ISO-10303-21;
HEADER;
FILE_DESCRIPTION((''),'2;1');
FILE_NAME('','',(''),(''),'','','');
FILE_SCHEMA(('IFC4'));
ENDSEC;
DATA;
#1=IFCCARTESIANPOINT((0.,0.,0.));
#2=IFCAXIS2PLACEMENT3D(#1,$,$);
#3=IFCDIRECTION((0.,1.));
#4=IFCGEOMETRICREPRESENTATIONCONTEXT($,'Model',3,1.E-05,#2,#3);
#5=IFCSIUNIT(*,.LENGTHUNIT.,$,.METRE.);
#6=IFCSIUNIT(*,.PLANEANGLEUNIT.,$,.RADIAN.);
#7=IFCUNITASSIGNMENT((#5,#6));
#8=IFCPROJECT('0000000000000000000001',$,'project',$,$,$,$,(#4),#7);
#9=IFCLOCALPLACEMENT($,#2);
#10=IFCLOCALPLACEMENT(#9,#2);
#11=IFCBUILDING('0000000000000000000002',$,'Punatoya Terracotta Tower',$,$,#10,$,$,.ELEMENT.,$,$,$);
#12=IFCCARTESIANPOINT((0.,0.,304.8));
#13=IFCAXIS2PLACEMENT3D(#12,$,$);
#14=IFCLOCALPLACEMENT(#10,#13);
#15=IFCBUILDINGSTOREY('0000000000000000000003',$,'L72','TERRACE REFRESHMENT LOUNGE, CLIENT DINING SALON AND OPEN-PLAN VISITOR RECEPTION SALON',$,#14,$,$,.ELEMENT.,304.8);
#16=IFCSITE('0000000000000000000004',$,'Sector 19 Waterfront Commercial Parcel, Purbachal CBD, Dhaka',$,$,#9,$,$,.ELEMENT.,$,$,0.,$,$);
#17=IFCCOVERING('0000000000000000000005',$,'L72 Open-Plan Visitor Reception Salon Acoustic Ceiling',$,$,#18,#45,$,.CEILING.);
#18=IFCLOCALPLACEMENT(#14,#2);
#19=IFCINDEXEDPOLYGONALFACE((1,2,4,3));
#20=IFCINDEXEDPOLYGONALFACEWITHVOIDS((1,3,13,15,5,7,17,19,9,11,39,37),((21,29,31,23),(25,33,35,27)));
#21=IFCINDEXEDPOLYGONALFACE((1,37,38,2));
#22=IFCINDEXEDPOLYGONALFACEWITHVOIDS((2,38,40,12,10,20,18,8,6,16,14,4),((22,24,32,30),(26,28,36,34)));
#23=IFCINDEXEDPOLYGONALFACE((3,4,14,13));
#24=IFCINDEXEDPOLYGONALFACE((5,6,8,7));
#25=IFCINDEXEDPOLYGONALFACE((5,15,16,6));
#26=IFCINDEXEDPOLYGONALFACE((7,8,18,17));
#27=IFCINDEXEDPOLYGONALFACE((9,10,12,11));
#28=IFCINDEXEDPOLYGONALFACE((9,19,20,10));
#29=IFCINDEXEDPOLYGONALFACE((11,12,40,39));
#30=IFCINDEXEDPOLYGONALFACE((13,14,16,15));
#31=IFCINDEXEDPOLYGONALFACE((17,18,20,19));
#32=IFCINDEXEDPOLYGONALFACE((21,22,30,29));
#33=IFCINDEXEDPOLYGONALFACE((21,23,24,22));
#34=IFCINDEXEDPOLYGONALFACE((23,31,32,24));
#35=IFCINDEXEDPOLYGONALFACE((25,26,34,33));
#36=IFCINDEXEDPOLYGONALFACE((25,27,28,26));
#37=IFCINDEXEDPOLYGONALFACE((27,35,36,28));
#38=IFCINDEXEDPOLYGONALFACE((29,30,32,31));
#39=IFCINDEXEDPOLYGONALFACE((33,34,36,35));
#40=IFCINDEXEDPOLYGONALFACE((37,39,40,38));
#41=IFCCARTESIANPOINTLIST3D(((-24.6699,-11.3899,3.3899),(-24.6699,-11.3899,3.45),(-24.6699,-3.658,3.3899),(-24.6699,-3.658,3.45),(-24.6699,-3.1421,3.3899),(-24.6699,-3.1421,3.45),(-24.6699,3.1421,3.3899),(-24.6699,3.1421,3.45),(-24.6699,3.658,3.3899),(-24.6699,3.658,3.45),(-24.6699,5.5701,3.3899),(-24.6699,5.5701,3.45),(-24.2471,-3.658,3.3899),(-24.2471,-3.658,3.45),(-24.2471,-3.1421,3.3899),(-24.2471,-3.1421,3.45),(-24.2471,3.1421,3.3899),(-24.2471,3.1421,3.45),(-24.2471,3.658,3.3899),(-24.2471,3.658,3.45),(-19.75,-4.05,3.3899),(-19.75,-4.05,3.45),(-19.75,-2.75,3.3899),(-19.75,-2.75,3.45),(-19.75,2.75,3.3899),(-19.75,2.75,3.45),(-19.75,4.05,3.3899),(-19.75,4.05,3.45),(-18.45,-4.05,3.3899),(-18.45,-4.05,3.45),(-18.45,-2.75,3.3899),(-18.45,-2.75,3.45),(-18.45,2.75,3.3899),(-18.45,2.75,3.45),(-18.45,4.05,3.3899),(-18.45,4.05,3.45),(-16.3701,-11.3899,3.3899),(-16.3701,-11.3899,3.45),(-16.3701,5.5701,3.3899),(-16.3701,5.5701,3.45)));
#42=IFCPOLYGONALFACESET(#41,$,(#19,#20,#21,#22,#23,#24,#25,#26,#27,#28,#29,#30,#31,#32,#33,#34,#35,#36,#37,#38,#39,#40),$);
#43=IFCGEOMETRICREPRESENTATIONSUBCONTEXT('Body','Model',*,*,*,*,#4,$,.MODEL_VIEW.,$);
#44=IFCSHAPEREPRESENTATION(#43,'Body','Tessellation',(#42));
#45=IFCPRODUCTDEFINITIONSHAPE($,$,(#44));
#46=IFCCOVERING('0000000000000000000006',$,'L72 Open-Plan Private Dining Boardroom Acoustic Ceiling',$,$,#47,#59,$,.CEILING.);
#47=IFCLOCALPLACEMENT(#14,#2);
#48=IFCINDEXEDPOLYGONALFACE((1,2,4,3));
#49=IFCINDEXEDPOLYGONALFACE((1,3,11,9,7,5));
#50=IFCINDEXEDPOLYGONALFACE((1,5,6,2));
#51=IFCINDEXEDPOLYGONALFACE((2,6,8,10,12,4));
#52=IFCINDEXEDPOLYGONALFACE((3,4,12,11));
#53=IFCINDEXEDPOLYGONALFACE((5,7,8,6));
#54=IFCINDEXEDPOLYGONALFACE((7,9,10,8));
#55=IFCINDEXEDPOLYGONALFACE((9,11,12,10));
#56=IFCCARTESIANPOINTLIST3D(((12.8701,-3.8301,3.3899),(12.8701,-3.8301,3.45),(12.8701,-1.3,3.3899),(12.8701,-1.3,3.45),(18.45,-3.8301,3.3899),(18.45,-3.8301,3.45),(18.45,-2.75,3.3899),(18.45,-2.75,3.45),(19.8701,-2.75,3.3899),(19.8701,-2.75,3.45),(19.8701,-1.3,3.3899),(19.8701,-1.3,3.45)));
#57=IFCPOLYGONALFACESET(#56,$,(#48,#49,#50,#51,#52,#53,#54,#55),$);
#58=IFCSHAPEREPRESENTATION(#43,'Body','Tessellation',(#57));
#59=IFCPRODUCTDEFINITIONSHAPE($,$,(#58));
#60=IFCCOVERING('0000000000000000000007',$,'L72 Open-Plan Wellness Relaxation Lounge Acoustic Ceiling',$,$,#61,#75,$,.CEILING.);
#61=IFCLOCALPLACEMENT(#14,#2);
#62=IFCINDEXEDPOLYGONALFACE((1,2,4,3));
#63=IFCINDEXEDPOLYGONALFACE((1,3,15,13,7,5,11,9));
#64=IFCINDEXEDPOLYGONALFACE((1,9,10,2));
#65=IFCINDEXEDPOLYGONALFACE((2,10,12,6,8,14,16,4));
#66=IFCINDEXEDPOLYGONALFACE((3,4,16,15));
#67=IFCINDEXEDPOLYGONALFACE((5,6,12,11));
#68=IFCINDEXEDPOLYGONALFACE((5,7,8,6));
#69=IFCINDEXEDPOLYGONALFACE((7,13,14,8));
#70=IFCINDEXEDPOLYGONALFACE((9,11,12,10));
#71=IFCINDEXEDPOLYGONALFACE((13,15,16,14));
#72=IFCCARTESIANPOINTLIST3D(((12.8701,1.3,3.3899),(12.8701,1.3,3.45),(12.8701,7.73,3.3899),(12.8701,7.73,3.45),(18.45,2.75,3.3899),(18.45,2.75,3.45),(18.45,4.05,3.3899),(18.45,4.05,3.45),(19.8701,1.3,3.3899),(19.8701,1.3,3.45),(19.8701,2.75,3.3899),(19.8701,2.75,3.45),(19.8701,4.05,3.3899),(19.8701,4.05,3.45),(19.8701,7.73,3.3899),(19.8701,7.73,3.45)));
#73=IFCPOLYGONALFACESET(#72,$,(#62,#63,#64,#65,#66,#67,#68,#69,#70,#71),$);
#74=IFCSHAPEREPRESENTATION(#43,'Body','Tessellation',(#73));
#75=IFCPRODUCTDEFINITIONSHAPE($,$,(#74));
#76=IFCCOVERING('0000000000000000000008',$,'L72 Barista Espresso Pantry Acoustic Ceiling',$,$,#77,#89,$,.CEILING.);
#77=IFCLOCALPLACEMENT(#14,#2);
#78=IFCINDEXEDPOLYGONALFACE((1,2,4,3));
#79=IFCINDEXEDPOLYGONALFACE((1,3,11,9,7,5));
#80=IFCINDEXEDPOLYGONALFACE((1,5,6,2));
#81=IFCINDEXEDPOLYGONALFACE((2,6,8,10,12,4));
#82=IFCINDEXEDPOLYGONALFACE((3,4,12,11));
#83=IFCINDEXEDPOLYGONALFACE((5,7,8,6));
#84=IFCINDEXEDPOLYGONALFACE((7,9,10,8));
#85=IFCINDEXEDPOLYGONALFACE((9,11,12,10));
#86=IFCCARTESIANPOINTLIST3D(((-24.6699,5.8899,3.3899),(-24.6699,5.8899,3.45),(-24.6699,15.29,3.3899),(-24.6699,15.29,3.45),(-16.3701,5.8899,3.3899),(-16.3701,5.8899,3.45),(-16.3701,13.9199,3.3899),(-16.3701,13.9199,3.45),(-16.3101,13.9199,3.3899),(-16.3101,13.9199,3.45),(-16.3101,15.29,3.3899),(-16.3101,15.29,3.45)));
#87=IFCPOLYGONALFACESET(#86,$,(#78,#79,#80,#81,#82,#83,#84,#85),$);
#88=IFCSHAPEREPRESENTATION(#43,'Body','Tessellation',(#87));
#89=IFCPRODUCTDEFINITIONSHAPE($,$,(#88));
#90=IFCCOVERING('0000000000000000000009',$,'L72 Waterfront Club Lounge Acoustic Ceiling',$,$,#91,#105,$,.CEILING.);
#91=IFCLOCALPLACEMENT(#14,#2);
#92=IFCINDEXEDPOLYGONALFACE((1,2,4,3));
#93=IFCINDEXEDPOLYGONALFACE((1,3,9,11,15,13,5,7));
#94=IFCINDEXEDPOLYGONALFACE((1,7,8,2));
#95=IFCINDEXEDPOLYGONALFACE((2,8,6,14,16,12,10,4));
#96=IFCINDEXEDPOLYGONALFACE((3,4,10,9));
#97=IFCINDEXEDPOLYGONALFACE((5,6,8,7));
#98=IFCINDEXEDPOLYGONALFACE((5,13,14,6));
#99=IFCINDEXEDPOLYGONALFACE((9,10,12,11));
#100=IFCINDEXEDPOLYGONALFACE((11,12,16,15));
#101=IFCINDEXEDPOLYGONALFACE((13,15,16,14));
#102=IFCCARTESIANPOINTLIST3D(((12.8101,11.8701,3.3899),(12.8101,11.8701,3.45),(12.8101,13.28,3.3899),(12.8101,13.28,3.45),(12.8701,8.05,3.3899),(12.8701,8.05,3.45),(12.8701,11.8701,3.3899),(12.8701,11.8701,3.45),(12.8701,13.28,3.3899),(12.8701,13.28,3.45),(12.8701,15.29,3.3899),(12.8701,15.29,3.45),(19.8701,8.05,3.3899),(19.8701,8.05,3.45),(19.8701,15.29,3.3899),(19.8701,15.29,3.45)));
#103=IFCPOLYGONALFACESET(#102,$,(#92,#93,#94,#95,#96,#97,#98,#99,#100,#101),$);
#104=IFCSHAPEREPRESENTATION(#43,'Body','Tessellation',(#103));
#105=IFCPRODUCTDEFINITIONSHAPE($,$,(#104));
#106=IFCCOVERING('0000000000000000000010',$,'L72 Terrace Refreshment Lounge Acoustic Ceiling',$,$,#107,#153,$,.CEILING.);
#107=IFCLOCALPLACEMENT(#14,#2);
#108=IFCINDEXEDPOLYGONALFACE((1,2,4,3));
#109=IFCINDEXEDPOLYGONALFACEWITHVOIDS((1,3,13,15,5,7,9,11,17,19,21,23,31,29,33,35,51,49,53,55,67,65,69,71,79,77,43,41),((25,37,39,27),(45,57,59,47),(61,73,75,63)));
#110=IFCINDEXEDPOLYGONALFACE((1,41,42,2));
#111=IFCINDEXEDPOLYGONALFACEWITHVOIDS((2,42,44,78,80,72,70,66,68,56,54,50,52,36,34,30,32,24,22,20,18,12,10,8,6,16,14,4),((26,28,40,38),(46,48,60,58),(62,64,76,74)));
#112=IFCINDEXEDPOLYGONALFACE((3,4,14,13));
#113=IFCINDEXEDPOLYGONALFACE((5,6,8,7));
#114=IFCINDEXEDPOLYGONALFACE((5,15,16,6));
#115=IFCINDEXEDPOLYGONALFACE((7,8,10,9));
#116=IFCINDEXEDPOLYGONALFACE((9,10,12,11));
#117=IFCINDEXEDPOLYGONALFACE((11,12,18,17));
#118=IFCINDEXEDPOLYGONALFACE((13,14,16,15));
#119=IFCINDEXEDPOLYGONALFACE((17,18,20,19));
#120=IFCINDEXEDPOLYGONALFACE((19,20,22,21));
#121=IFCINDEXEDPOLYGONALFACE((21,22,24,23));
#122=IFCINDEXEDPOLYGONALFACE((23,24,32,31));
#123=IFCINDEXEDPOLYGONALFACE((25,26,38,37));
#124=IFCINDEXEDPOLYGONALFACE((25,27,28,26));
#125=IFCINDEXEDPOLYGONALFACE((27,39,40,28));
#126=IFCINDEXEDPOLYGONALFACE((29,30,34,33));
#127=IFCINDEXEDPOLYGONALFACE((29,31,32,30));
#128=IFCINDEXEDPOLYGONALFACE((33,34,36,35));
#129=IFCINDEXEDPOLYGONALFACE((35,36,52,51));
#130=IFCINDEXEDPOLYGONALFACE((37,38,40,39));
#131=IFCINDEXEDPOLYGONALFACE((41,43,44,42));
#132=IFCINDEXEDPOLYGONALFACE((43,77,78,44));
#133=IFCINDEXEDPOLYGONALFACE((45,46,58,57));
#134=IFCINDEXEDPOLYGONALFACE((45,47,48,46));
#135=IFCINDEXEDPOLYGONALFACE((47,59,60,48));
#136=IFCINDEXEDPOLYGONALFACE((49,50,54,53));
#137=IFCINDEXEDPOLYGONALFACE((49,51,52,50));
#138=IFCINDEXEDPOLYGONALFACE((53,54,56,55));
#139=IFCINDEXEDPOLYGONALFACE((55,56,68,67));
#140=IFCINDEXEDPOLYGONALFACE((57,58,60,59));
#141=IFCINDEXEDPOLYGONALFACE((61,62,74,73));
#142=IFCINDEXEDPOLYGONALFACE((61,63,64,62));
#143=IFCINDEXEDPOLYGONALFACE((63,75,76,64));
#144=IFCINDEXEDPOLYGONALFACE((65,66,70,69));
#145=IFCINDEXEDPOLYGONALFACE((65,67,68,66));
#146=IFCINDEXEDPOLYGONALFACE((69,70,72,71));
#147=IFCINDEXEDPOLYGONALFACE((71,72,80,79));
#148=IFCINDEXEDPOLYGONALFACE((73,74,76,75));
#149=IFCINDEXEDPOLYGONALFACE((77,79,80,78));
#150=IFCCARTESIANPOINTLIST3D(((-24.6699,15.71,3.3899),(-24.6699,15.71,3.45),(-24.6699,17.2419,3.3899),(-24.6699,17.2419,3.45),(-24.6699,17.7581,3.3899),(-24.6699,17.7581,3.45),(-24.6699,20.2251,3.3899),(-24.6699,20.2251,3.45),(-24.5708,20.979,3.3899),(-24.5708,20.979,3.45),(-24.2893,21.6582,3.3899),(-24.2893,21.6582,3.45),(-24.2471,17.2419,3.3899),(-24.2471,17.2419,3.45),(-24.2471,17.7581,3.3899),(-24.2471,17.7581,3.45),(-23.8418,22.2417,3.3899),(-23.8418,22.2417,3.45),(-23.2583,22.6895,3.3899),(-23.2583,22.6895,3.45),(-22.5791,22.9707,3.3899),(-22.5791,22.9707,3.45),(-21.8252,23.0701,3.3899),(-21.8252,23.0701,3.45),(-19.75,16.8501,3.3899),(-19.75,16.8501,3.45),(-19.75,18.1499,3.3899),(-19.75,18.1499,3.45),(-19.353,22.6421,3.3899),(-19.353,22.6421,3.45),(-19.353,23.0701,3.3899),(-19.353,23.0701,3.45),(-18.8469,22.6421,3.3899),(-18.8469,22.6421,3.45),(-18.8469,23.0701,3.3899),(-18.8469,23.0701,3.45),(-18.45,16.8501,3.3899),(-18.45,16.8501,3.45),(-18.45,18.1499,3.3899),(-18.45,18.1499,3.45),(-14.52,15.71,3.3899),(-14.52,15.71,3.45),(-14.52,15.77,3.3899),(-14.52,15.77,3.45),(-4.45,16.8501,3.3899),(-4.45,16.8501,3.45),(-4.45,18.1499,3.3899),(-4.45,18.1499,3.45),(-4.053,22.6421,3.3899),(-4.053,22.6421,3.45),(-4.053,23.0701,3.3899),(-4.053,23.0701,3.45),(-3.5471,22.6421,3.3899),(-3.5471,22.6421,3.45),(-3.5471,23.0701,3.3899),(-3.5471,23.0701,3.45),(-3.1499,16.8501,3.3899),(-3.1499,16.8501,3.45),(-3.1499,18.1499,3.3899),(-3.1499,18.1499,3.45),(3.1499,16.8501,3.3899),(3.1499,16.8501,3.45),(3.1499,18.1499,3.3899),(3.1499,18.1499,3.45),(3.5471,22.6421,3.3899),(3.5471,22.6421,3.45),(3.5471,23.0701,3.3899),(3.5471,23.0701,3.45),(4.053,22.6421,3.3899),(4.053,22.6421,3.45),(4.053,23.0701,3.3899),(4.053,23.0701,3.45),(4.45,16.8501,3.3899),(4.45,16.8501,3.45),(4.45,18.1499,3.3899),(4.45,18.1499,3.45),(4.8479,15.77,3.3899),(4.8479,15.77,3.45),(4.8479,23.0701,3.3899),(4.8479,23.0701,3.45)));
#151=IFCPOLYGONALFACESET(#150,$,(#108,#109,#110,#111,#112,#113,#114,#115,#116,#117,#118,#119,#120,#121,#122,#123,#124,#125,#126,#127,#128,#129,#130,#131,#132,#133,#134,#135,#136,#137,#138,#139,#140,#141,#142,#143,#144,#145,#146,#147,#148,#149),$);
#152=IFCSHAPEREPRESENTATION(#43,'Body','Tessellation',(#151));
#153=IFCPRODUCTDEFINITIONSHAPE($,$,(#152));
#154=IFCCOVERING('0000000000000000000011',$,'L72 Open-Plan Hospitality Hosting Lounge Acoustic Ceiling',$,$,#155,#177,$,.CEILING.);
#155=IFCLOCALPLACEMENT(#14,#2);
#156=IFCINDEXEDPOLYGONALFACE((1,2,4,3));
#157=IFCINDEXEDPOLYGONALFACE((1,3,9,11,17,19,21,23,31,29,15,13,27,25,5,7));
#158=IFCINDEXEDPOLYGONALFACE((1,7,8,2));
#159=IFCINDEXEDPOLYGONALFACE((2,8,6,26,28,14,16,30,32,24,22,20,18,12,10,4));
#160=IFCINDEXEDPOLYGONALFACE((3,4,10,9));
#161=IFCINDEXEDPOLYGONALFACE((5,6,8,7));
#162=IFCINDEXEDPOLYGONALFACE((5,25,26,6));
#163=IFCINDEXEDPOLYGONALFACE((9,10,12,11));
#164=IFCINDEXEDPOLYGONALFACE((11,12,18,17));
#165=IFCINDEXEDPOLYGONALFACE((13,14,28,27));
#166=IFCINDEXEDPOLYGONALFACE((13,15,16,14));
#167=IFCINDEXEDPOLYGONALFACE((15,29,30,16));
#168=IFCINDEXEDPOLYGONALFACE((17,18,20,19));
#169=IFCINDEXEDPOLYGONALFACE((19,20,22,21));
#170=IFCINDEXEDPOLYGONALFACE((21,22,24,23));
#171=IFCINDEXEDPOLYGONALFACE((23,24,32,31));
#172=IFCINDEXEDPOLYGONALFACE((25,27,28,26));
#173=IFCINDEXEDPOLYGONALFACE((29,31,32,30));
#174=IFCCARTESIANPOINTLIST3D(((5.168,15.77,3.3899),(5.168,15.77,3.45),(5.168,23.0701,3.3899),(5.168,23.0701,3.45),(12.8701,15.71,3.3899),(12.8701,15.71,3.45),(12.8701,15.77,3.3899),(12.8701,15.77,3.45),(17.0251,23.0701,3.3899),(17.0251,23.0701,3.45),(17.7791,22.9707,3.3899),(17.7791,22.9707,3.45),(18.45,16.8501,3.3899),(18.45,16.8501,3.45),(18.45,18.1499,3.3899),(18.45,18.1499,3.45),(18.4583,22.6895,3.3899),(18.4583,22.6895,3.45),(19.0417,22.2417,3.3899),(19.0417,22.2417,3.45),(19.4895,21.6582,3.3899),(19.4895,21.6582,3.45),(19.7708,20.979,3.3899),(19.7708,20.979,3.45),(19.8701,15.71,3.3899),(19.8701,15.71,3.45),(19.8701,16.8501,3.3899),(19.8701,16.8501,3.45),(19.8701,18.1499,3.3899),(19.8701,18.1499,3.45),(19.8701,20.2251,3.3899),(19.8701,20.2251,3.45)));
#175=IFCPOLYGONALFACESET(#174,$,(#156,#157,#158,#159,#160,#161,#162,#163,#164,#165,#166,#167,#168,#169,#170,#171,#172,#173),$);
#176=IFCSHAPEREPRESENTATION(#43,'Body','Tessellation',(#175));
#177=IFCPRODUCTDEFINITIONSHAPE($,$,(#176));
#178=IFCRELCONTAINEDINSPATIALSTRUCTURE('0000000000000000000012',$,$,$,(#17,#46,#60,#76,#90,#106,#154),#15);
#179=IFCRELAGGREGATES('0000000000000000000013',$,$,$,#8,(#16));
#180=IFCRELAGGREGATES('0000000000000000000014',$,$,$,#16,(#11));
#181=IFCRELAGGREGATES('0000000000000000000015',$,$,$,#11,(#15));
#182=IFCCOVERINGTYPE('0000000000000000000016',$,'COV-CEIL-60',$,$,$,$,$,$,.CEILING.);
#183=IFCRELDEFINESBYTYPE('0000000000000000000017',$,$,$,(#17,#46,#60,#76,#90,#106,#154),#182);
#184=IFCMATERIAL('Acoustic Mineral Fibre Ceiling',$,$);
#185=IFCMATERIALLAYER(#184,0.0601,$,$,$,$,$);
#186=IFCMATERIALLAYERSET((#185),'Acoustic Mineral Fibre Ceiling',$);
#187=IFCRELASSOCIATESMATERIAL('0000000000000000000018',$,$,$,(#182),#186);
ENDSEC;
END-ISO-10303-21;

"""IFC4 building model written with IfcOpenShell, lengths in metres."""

from ifc_helpers import new_model, si_unit, direction, frame, origin, place, context, subcontext, project, spatial, polyline, outline, extrude, material, layer, layer_set, type_object, element, save


model = new_model("IFC4")

# Units and contexts
model_context = context("Model", 3, precision=1e-05, world=origin(), true_north=direction((0.0, 1.0)))
body_context = subcontext(model_context, "Body", "Model", "MODEL_VIEW")
ifc_project = project(units=[si_unit("LENGTHUNIT", "METRE"), si_unit("PLANEANGLEUNIT", "RADIAN")], contexts=[model_context])

# Site, building, storey
site_placement = place(None, origin())
site = spatial("IfcSite", under=ifc_project, at=site_placement, Name="Sector 19 Waterfront Commercial Parcel, Purbachal CBD, Dhaka", CompositionType="ELEMENT", RefElevation=0.0)
building_placement = place(site_placement, origin())
building = spatial("IfcBuilding", under=site, at=building_placement, Name="Punatoya Terracotta Tower", CompositionType="ELEMENT")
storey_placement = place(building_placement, frame((0.0, 0.0, 304.8)))
storey = spatial("IfcBuildingStorey", under=building, at=storey_placement, Name="L72", Description="TERRACE REFRESHMENT LOUNGE, CLIENT DINING SALON AND OPEN-PLAN VISITOR RECEPTION SALON", CompositionType="ELEMENT", Elevation=304.8)

# Coverings
ifc_material_1 = material(Name="Acoustic Mineral Fibre Ceiling")
ifc_layer_1 = layer(ifc_material_1, 0.0601)
ifc_layer_set_1 = layer_set([ifc_layer_1], Name="Acoustic Mineral Fibre Ceiling")
covering_type = type_object("IfcCoveringType", Name="COV-CEIL-60", PredefinedType="CEILING", material=ifc_layer_set_1)
covering_1_placement = place(storey_placement, frame((0.0, 0.0, 3.3899)))
element("IfcCovering", 1, at=covering_1_placement, inside=storey, type_object=covering_type, Name="L72 Open-Plan Visitor Reception Salon Acoustic Ceiling", PredefinedType="CEILING", context=body_context, shape_type="SweptSolid", body=[
    extrude(outline(polyline([(-24.6699, -3.658), (-24.6699, -11.3899), (-16.3701, -11.3899), (-16.3701, 5.5701), (-24.6699, 5.5701), (-24.6699, 3.658), (-24.2471, 3.658), (-24.2471, 3.1421), (-24.6699, 3.1421), (-24.6699, -3.1421), (-24.2471, -3.1421), (-24.2471, -3.658), (-24.6699, -3.658)]), holes=[polyline([(-18.45, -4.05), (-19.75, -4.05), (-19.75, -2.75), (-18.45, -2.75), (-18.45, -4.05)]), polyline([(-18.45, 4.05), (-18.45, 2.75), (-19.75, 2.75), (-19.75, 4.05), (-18.45, 4.05)])]), origin(), (0.0, 0.0, 1.0), 0.0601),
])
covering_2_placement = place(storey_placement, frame((0.0, 0.0, 3.3899)))
element("IfcCovering", 2, at=covering_2_placement, inside=storey, type_object=covering_type, Name="L72 Open-Plan Private Dining Boardroom Acoustic Ceiling", PredefinedType="CEILING", context=body_context, shape_type="SweptSolid", body=[
    extrude(outline(polyline([(12.8701, -1.3), (12.8701, -3.8301), (18.45, -3.8301), (18.45, -2.75), (19.8701, -2.75), (19.8701, -1.3), (12.8701, -1.3)])), origin(), (0.0, 0.0, 1.0), 0.0601),
])
covering_3_placement = place(storey_placement, frame((0.0, 0.0, 3.3899)))
element("IfcCovering", 3, at=covering_3_placement, inside=storey, type_object=covering_type, Name="L72 Open-Plan Wellness Relaxation Lounge Acoustic Ceiling", PredefinedType="CEILING", context=body_context, shape_type="SweptSolid", body=[
    extrude(outline(polyline([(12.8701, 1.3), (19.8701, 1.3), (19.8701, 2.75), (18.45, 2.75), (18.45, 4.05), (19.8701, 4.05), (19.8701, 7.73), (12.8701, 7.73), (12.8701, 1.3)])), origin(), (0.0, 0.0, 1.0), 0.0601),
])
covering_4_placement = place(storey_placement, frame((0.0, 0.0, 3.3899)))
element("IfcCovering", 4, at=covering_4_placement, inside=storey, type_object=covering_type, Name="L72 Barista Espresso Pantry Acoustic Ceiling", PredefinedType="CEILING", context=body_context, shape_type="SweptSolid", body=[
    extrude(outline(polyline([(-16.3701, 13.9199), (-16.3101, 13.9199), (-16.3101, 15.29), (-24.6699, 15.29), (-24.6699, 5.8899), (-16.3701, 5.8899), (-16.3701, 13.9199)])), origin(), (0.0, 0.0, 1.0), 0.0601),
])
covering_5_placement = place(storey_placement, frame((0.0, 0.0, 3.3899)))
element("IfcCovering", 5, at=covering_5_placement, inside=storey, type_object=covering_type, Name="L72 Waterfront Club Lounge Acoustic Ceiling", PredefinedType="CEILING", context=body_context, shape_type="SweptSolid", body=[
    extrude(outline(polyline([(12.8101, 11.8701), (12.8701, 11.8701), (12.8701, 8.05), (19.8701, 8.05), (19.8701, 15.29), (12.8701, 15.29), (12.8701, 13.28), (12.8101, 13.28), (12.8101, 11.8701)])), origin(), (0.0, 0.0, 1.0), 0.0601),
])
covering_6_placement = place(storey_placement, frame((0.0, 0.0, 3.3899)))
element("IfcCovering", 6, at=covering_6_placement, inside=storey, type_object=covering_type, Name="L72 Terrace Refreshment Lounge Acoustic Ceiling", PredefinedType="CEILING", context=body_context, shape_type="SweptSolid", body=[
    extrude(outline(polyline([(-18.8469, 22.6421), (-19.353, 22.6421), (-19.353, 23.0701), (-21.8252, 23.0701), (-22.5791, 22.9707), (-23.2583, 22.6895), (-23.8418, 22.2417), (-24.2893, 21.6582), (-24.5708, 20.979), (-24.6699, 20.2251), (-24.6699, 17.7581), (-24.2471, 17.7581), (-24.2471, 17.2419), (-24.6699, 17.2419), (-24.6699, 15.71), (-14.52, 15.71), (-14.52, 15.77), (4.8479, 15.77), (4.8479, 23.0701), (4.053, 23.0701), (4.053, 22.6421), (3.5471, 22.6421), (3.5471, 23.0701), (-3.5471, 23.0701), (-3.5471, 22.6421), (-4.053, 22.6421), (-4.053, 23.0701), (-18.8469, 23.0701), (-18.8469, 22.6421)]), holes=[polyline([(4.45, 16.8501), (3.1499, 16.8501), (3.1499, 18.1499), (4.45, 18.1499), (4.45, 16.8501)]), polyline([(-4.45, 16.8501), (-4.45, 18.1499), (-3.1499, 18.1499), (-3.1499, 16.8501), (-4.45, 16.8501)]), polyline([(-19.75, 18.1499), (-18.45, 18.1499), (-18.45, 16.8501), (-19.75, 16.8501), (-19.75, 18.1499)])]), origin(), (0.0, 0.0, 1.0), 0.0601),
])
covering_7_placement = place(storey_placement, frame((0.0, 0.0, 3.3899)))
element("IfcCovering", 7, at=covering_7_placement, inside=storey, type_object=covering_type, Name="L72 Open-Plan Hospitality Hosting Lounge Acoustic Ceiling", PredefinedType="CEILING", context=body_context, shape_type="SweptSolid", body=[
    extrude(outline(polyline([(12.8701, 15.71), (19.8701, 15.71), (19.8701, 16.8501), (18.45, 16.8501), (18.45, 18.1499), (19.8701, 18.1499), (19.8701, 20.2251), (19.7708, 20.979), (19.4895, 21.6582), (19.0417, 22.2417), (18.4583, 22.6895), (17.7791, 22.9707), (17.0251, 23.0701), (5.168, 23.0701), (5.168, 15.77), (12.8701, 15.77), (12.8701, 15.71)])), origin(), (0.0, 0.0, 1.0), 0.0601),
])

save(model, "model.ifc")
